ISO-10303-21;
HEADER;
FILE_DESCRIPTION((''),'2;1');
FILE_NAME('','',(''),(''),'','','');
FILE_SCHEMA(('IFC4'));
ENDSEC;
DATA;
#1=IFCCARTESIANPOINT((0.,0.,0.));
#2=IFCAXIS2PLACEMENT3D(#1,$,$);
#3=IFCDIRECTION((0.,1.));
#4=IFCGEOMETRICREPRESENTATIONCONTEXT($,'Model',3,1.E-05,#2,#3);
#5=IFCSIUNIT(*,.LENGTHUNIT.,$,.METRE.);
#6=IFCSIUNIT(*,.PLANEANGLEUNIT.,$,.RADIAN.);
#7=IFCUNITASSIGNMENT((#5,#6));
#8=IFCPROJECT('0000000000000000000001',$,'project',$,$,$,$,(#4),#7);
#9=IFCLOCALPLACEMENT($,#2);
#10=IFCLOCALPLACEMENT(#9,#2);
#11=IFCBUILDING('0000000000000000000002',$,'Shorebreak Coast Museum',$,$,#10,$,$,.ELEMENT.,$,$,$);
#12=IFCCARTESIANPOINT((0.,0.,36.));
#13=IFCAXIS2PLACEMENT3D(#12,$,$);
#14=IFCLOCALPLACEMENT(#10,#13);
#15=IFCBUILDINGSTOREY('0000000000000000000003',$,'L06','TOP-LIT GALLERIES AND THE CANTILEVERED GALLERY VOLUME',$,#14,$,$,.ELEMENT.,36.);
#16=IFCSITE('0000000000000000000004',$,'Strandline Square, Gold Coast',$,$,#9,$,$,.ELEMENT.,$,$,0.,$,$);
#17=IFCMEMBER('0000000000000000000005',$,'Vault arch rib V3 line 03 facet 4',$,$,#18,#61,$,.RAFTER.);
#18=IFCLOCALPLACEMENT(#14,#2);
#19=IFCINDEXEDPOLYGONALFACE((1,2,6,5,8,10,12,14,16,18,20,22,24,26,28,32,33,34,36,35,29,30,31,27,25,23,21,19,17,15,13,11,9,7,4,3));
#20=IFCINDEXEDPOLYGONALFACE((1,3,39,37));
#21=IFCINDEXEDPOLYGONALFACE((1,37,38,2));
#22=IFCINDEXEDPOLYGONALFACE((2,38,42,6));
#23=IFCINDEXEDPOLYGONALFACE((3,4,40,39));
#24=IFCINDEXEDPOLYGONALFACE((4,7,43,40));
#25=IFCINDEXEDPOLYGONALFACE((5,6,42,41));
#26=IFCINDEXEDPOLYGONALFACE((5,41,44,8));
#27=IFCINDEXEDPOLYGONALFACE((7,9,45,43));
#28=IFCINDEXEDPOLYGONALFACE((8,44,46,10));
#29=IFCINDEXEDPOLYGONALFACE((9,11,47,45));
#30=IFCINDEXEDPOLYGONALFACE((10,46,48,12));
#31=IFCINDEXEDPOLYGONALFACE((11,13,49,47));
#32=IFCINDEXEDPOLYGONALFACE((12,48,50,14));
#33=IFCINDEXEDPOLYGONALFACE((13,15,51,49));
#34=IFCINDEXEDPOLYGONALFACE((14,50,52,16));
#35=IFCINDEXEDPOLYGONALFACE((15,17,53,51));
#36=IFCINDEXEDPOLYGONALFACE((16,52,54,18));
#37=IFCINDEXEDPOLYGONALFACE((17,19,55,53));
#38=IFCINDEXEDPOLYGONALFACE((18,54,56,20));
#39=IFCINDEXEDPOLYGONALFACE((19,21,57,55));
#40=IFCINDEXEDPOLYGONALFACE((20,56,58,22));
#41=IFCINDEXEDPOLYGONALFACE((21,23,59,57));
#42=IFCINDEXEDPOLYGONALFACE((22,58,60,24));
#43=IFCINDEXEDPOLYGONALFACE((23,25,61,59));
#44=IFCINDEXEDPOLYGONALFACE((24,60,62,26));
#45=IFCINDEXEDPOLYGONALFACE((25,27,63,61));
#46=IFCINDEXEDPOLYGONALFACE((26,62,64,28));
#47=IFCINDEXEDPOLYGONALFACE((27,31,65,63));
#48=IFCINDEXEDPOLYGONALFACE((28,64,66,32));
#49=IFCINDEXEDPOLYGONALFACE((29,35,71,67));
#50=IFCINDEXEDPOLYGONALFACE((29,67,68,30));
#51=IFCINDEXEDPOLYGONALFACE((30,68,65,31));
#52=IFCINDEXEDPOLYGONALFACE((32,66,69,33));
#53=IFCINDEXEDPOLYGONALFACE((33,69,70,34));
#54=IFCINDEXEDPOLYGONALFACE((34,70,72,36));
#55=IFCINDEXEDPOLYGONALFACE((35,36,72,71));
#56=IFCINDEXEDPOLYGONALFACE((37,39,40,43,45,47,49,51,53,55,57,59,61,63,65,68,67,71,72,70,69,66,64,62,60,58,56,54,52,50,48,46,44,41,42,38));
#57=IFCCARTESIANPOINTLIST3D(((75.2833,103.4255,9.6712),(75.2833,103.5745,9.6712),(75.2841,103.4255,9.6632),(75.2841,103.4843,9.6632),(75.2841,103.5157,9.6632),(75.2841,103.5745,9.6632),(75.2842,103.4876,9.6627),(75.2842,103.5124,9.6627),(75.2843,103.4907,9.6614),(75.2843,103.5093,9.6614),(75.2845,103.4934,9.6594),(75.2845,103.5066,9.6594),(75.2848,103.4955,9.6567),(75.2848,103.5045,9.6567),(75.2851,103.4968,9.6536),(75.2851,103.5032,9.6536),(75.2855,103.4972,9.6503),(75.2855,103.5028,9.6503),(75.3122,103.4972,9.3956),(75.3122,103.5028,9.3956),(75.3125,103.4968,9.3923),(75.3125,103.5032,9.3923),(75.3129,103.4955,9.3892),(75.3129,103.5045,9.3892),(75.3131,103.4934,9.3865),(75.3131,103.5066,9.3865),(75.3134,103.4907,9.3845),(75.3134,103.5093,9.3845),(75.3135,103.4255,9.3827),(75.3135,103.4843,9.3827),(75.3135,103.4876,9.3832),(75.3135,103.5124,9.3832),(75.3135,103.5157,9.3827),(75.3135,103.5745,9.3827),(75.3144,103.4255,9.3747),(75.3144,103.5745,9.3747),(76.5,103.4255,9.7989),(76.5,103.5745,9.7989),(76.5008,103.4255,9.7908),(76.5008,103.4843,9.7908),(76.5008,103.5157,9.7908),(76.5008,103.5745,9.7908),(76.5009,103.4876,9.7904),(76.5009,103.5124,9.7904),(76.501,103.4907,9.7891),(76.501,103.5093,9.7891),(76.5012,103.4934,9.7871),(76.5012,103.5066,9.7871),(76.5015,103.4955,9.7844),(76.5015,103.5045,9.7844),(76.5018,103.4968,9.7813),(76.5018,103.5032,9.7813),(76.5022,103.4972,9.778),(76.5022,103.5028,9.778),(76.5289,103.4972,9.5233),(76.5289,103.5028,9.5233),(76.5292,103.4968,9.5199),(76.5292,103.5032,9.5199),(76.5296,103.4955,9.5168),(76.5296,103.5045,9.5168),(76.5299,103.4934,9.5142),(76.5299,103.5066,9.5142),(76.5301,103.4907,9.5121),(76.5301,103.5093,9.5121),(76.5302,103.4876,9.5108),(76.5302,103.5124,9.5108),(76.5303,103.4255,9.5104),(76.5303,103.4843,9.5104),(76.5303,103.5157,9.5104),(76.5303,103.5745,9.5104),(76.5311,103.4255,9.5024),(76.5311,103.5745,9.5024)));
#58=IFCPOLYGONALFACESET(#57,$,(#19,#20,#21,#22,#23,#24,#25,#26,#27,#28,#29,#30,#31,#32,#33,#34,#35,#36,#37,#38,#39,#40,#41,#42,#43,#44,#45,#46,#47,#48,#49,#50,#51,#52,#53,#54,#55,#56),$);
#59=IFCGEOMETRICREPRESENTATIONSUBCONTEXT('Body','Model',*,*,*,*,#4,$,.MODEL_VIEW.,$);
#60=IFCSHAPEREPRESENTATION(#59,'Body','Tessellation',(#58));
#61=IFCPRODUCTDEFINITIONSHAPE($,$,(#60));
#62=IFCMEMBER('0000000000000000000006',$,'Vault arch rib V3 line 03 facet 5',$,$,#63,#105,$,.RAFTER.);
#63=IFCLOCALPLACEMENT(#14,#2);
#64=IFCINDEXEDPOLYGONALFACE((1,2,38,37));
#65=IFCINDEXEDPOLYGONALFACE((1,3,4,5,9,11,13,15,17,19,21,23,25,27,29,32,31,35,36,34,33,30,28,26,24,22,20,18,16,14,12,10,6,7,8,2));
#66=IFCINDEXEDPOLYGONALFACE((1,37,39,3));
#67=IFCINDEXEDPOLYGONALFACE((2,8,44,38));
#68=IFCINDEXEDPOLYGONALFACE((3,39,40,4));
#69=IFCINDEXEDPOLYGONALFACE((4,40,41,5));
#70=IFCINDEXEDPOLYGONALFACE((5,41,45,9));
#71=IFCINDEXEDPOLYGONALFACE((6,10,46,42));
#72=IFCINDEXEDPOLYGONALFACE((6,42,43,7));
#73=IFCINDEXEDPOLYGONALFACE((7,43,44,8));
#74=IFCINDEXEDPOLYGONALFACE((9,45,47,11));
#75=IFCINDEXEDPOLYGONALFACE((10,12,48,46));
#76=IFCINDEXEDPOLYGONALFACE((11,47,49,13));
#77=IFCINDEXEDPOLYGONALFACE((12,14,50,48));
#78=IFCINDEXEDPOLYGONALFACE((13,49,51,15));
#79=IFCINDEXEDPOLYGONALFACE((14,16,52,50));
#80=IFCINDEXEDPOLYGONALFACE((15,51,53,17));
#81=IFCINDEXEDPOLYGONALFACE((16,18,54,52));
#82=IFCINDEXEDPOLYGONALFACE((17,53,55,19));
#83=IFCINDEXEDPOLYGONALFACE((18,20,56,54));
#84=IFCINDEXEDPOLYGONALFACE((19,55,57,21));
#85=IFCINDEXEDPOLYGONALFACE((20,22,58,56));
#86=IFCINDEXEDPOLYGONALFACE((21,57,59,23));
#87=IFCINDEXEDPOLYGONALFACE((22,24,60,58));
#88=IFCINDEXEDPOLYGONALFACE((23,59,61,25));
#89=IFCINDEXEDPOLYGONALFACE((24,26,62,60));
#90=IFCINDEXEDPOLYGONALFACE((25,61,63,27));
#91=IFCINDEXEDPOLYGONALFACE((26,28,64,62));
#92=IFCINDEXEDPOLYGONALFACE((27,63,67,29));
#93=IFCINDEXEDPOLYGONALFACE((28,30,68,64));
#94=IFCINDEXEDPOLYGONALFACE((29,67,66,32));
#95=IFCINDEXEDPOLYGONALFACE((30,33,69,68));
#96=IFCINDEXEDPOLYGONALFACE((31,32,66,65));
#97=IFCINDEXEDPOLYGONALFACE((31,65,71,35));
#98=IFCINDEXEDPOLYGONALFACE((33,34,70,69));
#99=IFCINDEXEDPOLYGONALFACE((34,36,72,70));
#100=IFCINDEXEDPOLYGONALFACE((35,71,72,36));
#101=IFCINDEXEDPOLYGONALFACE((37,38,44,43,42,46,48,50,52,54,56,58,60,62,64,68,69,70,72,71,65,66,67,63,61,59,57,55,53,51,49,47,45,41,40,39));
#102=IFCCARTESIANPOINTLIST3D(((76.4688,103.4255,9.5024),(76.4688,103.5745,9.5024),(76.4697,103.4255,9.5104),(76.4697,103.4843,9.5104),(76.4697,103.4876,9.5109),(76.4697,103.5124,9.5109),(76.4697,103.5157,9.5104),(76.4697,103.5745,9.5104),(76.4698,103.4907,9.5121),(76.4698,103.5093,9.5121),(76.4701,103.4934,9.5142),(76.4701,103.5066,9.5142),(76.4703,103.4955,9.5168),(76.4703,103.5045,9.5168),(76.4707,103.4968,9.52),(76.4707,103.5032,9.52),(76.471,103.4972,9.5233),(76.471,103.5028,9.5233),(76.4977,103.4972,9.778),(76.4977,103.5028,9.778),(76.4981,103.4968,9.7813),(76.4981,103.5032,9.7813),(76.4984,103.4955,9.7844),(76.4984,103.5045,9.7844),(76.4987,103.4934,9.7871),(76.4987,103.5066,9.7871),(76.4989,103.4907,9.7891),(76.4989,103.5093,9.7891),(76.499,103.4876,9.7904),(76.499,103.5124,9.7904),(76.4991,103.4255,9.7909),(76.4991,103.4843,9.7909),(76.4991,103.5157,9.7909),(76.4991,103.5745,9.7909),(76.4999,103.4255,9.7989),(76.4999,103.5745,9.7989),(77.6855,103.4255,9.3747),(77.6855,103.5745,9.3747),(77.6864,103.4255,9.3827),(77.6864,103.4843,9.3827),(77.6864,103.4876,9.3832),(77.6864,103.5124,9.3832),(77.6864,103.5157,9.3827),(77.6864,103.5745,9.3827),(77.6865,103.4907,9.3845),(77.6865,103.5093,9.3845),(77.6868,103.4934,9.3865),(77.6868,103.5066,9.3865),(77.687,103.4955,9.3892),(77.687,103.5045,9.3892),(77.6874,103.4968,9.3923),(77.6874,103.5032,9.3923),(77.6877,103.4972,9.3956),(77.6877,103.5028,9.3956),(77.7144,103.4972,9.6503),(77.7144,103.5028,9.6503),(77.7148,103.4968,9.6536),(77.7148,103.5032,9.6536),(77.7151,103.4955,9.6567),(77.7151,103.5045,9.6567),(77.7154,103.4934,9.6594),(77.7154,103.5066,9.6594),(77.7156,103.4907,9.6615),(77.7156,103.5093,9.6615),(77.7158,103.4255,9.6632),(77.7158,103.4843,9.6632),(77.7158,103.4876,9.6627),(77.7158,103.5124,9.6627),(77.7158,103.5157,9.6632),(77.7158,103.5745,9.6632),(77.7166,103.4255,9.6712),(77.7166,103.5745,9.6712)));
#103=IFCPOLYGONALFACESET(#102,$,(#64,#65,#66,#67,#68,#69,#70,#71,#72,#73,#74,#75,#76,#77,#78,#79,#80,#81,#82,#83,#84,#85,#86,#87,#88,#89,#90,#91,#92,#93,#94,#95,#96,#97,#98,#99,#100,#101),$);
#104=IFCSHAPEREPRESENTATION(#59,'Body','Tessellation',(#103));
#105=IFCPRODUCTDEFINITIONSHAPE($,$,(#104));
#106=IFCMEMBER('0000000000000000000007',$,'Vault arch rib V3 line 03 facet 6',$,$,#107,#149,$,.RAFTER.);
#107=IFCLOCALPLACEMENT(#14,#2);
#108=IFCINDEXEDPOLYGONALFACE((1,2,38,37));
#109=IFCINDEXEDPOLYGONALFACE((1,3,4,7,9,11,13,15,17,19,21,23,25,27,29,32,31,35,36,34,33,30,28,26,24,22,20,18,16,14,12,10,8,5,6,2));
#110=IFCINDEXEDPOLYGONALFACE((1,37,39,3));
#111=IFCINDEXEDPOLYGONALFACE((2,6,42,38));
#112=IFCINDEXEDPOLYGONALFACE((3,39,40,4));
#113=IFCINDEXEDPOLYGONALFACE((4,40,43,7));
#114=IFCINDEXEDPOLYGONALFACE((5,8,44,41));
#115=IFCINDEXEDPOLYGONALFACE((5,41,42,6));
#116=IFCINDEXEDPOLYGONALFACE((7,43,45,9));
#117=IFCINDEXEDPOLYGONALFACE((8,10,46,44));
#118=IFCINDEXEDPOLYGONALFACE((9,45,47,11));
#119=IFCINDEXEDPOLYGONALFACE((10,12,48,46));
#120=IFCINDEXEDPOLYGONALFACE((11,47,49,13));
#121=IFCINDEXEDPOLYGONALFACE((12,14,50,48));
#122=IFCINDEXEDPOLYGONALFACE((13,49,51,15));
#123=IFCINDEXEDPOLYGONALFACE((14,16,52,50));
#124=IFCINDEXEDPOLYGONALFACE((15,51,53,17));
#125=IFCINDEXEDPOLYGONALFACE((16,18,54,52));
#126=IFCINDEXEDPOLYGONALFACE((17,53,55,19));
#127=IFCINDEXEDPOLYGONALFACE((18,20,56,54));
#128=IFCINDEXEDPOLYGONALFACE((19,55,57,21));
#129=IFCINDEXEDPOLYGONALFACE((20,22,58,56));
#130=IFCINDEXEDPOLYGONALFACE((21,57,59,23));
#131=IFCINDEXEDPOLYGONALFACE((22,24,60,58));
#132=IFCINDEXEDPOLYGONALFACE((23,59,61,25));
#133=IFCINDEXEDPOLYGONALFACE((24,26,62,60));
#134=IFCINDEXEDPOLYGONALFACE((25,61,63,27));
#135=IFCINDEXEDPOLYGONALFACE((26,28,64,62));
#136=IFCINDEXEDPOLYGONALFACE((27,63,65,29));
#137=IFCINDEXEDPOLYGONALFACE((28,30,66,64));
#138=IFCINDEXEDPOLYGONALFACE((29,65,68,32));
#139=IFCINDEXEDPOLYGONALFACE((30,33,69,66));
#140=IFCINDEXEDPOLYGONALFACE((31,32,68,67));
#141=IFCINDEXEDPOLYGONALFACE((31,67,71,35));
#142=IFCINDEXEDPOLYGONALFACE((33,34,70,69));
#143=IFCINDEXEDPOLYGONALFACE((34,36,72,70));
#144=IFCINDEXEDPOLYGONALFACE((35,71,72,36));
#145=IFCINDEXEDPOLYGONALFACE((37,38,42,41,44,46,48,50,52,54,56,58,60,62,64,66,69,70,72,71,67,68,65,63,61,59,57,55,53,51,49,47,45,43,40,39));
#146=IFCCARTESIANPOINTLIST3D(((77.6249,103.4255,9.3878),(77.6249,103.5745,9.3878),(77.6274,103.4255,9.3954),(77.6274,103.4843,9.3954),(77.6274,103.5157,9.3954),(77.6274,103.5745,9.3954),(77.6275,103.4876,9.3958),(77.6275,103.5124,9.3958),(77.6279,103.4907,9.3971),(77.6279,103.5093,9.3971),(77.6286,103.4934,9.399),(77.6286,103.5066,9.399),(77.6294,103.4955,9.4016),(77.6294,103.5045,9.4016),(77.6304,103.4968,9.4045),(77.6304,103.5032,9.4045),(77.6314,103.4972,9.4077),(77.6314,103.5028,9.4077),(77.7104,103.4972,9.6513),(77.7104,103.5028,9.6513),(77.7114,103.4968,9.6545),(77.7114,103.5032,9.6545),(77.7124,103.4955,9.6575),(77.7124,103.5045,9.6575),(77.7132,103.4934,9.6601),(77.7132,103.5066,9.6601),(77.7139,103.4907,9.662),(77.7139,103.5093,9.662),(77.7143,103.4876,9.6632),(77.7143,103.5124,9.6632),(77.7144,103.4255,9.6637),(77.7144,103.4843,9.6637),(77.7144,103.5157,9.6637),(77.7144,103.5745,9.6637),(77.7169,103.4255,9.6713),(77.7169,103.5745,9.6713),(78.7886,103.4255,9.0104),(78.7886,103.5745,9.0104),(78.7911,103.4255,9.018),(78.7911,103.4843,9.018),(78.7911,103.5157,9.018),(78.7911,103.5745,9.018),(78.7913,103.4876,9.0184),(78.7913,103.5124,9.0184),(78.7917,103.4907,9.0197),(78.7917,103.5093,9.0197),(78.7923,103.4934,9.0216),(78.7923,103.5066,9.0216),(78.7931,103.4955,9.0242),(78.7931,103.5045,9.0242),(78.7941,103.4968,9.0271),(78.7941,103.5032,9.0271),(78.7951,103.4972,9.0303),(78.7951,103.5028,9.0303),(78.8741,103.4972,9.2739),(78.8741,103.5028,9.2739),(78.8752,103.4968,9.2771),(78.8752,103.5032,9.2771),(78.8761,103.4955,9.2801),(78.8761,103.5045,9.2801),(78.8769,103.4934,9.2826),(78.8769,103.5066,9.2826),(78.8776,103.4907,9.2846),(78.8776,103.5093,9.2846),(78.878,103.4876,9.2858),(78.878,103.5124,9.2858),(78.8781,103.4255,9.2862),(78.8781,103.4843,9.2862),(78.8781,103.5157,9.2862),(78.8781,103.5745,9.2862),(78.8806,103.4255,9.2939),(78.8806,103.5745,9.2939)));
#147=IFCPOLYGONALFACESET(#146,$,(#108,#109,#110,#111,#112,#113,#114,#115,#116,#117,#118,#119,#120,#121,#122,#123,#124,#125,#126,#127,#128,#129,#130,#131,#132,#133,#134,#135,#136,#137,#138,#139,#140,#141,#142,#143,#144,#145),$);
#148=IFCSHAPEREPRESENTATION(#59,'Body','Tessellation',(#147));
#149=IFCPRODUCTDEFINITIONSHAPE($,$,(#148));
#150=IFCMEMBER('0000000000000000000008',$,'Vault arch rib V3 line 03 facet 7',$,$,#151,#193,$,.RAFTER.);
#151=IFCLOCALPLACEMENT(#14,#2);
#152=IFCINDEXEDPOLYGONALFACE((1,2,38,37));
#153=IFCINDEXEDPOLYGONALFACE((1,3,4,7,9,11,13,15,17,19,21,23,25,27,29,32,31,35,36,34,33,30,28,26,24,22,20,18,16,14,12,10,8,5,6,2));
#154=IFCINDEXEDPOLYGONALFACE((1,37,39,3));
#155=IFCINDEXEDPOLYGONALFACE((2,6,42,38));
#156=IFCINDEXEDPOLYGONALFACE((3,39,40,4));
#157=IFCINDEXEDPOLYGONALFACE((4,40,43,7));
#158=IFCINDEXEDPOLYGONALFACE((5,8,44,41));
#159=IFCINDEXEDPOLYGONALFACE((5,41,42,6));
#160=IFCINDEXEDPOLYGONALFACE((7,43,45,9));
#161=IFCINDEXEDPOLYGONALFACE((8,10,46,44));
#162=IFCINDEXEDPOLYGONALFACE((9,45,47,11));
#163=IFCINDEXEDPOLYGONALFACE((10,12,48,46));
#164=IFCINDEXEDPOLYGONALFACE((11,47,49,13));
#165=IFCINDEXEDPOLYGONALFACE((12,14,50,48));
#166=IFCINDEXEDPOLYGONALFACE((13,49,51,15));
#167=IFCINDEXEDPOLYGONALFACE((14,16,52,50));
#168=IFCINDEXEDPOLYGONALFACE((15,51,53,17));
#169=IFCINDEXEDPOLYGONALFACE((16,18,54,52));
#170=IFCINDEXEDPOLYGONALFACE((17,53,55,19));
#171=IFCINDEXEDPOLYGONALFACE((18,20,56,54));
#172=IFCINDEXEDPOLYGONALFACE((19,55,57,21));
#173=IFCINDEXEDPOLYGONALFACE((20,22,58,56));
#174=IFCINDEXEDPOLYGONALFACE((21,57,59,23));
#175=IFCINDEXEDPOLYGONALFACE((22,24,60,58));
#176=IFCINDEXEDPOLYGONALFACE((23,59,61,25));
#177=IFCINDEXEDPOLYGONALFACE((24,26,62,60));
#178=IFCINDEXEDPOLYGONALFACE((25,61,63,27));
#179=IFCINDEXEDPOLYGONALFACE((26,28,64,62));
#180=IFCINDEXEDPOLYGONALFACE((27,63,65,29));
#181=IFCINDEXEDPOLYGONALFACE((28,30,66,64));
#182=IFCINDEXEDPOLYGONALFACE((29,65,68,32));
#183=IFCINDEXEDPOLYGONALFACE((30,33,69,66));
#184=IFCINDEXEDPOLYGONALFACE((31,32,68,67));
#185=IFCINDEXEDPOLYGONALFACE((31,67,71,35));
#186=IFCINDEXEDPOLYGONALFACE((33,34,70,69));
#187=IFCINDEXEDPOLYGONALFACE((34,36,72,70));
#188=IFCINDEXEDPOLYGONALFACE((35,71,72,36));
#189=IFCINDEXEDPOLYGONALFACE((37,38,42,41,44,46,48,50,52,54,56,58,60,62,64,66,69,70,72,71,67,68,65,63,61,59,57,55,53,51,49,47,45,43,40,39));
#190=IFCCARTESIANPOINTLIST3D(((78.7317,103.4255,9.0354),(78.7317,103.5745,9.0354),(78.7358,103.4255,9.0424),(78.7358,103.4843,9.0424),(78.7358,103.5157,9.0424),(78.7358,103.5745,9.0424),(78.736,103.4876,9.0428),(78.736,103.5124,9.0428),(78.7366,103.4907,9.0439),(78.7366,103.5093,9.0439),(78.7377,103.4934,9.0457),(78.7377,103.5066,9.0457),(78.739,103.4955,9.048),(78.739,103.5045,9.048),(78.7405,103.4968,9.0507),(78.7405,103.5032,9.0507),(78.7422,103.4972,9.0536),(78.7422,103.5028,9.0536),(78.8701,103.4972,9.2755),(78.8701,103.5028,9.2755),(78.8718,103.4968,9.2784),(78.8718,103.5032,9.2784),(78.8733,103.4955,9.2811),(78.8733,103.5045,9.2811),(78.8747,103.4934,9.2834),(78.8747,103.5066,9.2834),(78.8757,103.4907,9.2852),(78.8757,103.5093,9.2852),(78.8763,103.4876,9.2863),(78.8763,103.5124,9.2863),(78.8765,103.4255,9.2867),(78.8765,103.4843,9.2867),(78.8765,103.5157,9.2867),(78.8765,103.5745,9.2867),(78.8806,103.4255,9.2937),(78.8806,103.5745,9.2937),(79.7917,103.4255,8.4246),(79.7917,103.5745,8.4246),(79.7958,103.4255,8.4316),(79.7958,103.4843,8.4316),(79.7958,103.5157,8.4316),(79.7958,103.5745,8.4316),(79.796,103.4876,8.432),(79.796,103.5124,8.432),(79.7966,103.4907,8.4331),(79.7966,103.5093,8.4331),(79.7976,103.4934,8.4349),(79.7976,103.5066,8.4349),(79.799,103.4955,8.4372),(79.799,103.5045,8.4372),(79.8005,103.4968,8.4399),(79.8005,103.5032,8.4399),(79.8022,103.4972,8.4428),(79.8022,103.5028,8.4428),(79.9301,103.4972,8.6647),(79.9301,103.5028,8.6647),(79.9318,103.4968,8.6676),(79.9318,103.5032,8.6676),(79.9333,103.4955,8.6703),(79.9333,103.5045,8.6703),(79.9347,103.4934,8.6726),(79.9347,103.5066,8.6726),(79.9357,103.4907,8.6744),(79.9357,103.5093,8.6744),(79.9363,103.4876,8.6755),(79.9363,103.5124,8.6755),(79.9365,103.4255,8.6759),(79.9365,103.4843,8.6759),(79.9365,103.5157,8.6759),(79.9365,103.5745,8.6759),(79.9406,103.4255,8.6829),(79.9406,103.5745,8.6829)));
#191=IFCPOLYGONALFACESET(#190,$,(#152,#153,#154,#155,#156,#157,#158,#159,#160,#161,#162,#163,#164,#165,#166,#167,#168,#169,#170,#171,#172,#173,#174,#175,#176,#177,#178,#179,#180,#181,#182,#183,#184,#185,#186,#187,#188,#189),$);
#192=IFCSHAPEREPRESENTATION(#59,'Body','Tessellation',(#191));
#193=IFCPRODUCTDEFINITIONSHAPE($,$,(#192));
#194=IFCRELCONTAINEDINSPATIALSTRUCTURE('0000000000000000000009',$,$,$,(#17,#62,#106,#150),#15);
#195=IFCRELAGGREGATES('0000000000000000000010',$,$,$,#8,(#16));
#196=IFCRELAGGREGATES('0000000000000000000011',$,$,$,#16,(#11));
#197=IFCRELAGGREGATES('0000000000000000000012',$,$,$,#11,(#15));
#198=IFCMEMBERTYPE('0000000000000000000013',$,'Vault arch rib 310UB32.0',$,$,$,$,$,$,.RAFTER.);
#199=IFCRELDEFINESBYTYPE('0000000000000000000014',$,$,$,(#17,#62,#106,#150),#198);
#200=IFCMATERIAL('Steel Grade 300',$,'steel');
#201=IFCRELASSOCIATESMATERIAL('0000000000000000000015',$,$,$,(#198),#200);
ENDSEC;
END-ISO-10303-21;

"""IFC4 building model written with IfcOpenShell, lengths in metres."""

from ifc_helpers import new_model, si_unit, direction, frame, origin, origin_2d, place, context, subcontext, project, spatial, i_section, extrude, material, material_profile, profile_set, type_object, element, save


model = new_model("IFC4")

# Units and contexts
model_context = context("Model", 3, precision=1e-05, world=origin(), true_north=direction((0.0, 1.0)))
body_context = subcontext(model_context, "Body", "Model", "MODEL_VIEW")
ifc_project = project(units=[si_unit("LENGTHUNIT", "METRE"), si_unit("PLANEANGLEUNIT", "RADIAN")], contexts=[model_context])

# Site, building, storey
site_placement = place(None, origin())
site = spatial("IfcSite", under=ifc_project, at=site_placement, Name="Strandline Square, Gold Coast", CompositionType="ELEMENT", RefElevation=0.0)
building_placement = place(site_placement, origin())
building = spatial("IfcBuilding", under=site, at=building_placement, Name="Shorebreak Coast Museum", CompositionType="ELEMENT")
storey_placement = place(building_placement, frame((0.0, 0.0, 36.0)))
storey = spatial("IfcBuildingStorey", under=building, at=storey_placement, Name="L06", Description="TOP-LIT GALLERIES AND THE CANTILEVERED GALLERY VOLUME", CompositionType="ELEMENT", Elevation=36.0)

# Members
ifc_material_1 = material(Name="Steel Grade 300", Category="steel")
ifc_material_profile_1 = material_profile(ifc_material_1, i_section(OverallWidth=0.1489, OverallDepth=0.2981, WebThickness=0.0056, FlangeThickness=0.0081, FilletRadius=0.0129, at=origin_2d()), Name="310UB32.0")
ifc_profile_set_1 = profile_set([ifc_material_profile_1], Name="Steel Grade 300")
member_type_1 = type_object("IfcMemberType", Name="Vault arch rib 310UB32.0", PredefinedType="RAFTER", material=ifc_profile_set_1)
for number, where, z_axis, x_axis, name in (
    (1, (75.2988, 103.5, 9.5229), (0.994539, 0.0, 0.104363), (0.0, 1.0, 0.0), "Vault arch rib V3 line 03 facet 4"),
    (2, (76.4844, 103.5, 9.6506), (0.994539, 0.0, -0.104363), (0.0, 1.0, 0.0), "Vault arch rib V3 line 03 facet 5"),
    (3, (77.6709, 103.5, 9.5295), (0.951226, 0.0, -0.308495), (0.0, 1.0, 0.0), "Vault arch rib V3 line 03 facet 6"),
    (4, (78.8062, 103.5, 9.1646), (0.866445, 0.0, -0.499273), (0.0, 1.0, 0.0), "Vault arch rib V3 line 03 facet 7"),
):
    element("IfcMember", number, at=place(storey_placement, frame(where, z_axis=z_axis, x_axis=x_axis)), inside=storey, type_object=member_type_1, Name=name, PredefinedType="RAFTER", context=body_context, shape_type="SweptSolid", body=[
        extrude(i_section(OverallWidth=0.1489, OverallDepth=0.2981, WebThickness=0.0056, FlangeThickness=0.0081, FilletRadius=0.0129, at=origin_2d()), origin(), (0.0, 0.0, 1.0), 1.2234),
    ])

save(model, "model.ifc")
